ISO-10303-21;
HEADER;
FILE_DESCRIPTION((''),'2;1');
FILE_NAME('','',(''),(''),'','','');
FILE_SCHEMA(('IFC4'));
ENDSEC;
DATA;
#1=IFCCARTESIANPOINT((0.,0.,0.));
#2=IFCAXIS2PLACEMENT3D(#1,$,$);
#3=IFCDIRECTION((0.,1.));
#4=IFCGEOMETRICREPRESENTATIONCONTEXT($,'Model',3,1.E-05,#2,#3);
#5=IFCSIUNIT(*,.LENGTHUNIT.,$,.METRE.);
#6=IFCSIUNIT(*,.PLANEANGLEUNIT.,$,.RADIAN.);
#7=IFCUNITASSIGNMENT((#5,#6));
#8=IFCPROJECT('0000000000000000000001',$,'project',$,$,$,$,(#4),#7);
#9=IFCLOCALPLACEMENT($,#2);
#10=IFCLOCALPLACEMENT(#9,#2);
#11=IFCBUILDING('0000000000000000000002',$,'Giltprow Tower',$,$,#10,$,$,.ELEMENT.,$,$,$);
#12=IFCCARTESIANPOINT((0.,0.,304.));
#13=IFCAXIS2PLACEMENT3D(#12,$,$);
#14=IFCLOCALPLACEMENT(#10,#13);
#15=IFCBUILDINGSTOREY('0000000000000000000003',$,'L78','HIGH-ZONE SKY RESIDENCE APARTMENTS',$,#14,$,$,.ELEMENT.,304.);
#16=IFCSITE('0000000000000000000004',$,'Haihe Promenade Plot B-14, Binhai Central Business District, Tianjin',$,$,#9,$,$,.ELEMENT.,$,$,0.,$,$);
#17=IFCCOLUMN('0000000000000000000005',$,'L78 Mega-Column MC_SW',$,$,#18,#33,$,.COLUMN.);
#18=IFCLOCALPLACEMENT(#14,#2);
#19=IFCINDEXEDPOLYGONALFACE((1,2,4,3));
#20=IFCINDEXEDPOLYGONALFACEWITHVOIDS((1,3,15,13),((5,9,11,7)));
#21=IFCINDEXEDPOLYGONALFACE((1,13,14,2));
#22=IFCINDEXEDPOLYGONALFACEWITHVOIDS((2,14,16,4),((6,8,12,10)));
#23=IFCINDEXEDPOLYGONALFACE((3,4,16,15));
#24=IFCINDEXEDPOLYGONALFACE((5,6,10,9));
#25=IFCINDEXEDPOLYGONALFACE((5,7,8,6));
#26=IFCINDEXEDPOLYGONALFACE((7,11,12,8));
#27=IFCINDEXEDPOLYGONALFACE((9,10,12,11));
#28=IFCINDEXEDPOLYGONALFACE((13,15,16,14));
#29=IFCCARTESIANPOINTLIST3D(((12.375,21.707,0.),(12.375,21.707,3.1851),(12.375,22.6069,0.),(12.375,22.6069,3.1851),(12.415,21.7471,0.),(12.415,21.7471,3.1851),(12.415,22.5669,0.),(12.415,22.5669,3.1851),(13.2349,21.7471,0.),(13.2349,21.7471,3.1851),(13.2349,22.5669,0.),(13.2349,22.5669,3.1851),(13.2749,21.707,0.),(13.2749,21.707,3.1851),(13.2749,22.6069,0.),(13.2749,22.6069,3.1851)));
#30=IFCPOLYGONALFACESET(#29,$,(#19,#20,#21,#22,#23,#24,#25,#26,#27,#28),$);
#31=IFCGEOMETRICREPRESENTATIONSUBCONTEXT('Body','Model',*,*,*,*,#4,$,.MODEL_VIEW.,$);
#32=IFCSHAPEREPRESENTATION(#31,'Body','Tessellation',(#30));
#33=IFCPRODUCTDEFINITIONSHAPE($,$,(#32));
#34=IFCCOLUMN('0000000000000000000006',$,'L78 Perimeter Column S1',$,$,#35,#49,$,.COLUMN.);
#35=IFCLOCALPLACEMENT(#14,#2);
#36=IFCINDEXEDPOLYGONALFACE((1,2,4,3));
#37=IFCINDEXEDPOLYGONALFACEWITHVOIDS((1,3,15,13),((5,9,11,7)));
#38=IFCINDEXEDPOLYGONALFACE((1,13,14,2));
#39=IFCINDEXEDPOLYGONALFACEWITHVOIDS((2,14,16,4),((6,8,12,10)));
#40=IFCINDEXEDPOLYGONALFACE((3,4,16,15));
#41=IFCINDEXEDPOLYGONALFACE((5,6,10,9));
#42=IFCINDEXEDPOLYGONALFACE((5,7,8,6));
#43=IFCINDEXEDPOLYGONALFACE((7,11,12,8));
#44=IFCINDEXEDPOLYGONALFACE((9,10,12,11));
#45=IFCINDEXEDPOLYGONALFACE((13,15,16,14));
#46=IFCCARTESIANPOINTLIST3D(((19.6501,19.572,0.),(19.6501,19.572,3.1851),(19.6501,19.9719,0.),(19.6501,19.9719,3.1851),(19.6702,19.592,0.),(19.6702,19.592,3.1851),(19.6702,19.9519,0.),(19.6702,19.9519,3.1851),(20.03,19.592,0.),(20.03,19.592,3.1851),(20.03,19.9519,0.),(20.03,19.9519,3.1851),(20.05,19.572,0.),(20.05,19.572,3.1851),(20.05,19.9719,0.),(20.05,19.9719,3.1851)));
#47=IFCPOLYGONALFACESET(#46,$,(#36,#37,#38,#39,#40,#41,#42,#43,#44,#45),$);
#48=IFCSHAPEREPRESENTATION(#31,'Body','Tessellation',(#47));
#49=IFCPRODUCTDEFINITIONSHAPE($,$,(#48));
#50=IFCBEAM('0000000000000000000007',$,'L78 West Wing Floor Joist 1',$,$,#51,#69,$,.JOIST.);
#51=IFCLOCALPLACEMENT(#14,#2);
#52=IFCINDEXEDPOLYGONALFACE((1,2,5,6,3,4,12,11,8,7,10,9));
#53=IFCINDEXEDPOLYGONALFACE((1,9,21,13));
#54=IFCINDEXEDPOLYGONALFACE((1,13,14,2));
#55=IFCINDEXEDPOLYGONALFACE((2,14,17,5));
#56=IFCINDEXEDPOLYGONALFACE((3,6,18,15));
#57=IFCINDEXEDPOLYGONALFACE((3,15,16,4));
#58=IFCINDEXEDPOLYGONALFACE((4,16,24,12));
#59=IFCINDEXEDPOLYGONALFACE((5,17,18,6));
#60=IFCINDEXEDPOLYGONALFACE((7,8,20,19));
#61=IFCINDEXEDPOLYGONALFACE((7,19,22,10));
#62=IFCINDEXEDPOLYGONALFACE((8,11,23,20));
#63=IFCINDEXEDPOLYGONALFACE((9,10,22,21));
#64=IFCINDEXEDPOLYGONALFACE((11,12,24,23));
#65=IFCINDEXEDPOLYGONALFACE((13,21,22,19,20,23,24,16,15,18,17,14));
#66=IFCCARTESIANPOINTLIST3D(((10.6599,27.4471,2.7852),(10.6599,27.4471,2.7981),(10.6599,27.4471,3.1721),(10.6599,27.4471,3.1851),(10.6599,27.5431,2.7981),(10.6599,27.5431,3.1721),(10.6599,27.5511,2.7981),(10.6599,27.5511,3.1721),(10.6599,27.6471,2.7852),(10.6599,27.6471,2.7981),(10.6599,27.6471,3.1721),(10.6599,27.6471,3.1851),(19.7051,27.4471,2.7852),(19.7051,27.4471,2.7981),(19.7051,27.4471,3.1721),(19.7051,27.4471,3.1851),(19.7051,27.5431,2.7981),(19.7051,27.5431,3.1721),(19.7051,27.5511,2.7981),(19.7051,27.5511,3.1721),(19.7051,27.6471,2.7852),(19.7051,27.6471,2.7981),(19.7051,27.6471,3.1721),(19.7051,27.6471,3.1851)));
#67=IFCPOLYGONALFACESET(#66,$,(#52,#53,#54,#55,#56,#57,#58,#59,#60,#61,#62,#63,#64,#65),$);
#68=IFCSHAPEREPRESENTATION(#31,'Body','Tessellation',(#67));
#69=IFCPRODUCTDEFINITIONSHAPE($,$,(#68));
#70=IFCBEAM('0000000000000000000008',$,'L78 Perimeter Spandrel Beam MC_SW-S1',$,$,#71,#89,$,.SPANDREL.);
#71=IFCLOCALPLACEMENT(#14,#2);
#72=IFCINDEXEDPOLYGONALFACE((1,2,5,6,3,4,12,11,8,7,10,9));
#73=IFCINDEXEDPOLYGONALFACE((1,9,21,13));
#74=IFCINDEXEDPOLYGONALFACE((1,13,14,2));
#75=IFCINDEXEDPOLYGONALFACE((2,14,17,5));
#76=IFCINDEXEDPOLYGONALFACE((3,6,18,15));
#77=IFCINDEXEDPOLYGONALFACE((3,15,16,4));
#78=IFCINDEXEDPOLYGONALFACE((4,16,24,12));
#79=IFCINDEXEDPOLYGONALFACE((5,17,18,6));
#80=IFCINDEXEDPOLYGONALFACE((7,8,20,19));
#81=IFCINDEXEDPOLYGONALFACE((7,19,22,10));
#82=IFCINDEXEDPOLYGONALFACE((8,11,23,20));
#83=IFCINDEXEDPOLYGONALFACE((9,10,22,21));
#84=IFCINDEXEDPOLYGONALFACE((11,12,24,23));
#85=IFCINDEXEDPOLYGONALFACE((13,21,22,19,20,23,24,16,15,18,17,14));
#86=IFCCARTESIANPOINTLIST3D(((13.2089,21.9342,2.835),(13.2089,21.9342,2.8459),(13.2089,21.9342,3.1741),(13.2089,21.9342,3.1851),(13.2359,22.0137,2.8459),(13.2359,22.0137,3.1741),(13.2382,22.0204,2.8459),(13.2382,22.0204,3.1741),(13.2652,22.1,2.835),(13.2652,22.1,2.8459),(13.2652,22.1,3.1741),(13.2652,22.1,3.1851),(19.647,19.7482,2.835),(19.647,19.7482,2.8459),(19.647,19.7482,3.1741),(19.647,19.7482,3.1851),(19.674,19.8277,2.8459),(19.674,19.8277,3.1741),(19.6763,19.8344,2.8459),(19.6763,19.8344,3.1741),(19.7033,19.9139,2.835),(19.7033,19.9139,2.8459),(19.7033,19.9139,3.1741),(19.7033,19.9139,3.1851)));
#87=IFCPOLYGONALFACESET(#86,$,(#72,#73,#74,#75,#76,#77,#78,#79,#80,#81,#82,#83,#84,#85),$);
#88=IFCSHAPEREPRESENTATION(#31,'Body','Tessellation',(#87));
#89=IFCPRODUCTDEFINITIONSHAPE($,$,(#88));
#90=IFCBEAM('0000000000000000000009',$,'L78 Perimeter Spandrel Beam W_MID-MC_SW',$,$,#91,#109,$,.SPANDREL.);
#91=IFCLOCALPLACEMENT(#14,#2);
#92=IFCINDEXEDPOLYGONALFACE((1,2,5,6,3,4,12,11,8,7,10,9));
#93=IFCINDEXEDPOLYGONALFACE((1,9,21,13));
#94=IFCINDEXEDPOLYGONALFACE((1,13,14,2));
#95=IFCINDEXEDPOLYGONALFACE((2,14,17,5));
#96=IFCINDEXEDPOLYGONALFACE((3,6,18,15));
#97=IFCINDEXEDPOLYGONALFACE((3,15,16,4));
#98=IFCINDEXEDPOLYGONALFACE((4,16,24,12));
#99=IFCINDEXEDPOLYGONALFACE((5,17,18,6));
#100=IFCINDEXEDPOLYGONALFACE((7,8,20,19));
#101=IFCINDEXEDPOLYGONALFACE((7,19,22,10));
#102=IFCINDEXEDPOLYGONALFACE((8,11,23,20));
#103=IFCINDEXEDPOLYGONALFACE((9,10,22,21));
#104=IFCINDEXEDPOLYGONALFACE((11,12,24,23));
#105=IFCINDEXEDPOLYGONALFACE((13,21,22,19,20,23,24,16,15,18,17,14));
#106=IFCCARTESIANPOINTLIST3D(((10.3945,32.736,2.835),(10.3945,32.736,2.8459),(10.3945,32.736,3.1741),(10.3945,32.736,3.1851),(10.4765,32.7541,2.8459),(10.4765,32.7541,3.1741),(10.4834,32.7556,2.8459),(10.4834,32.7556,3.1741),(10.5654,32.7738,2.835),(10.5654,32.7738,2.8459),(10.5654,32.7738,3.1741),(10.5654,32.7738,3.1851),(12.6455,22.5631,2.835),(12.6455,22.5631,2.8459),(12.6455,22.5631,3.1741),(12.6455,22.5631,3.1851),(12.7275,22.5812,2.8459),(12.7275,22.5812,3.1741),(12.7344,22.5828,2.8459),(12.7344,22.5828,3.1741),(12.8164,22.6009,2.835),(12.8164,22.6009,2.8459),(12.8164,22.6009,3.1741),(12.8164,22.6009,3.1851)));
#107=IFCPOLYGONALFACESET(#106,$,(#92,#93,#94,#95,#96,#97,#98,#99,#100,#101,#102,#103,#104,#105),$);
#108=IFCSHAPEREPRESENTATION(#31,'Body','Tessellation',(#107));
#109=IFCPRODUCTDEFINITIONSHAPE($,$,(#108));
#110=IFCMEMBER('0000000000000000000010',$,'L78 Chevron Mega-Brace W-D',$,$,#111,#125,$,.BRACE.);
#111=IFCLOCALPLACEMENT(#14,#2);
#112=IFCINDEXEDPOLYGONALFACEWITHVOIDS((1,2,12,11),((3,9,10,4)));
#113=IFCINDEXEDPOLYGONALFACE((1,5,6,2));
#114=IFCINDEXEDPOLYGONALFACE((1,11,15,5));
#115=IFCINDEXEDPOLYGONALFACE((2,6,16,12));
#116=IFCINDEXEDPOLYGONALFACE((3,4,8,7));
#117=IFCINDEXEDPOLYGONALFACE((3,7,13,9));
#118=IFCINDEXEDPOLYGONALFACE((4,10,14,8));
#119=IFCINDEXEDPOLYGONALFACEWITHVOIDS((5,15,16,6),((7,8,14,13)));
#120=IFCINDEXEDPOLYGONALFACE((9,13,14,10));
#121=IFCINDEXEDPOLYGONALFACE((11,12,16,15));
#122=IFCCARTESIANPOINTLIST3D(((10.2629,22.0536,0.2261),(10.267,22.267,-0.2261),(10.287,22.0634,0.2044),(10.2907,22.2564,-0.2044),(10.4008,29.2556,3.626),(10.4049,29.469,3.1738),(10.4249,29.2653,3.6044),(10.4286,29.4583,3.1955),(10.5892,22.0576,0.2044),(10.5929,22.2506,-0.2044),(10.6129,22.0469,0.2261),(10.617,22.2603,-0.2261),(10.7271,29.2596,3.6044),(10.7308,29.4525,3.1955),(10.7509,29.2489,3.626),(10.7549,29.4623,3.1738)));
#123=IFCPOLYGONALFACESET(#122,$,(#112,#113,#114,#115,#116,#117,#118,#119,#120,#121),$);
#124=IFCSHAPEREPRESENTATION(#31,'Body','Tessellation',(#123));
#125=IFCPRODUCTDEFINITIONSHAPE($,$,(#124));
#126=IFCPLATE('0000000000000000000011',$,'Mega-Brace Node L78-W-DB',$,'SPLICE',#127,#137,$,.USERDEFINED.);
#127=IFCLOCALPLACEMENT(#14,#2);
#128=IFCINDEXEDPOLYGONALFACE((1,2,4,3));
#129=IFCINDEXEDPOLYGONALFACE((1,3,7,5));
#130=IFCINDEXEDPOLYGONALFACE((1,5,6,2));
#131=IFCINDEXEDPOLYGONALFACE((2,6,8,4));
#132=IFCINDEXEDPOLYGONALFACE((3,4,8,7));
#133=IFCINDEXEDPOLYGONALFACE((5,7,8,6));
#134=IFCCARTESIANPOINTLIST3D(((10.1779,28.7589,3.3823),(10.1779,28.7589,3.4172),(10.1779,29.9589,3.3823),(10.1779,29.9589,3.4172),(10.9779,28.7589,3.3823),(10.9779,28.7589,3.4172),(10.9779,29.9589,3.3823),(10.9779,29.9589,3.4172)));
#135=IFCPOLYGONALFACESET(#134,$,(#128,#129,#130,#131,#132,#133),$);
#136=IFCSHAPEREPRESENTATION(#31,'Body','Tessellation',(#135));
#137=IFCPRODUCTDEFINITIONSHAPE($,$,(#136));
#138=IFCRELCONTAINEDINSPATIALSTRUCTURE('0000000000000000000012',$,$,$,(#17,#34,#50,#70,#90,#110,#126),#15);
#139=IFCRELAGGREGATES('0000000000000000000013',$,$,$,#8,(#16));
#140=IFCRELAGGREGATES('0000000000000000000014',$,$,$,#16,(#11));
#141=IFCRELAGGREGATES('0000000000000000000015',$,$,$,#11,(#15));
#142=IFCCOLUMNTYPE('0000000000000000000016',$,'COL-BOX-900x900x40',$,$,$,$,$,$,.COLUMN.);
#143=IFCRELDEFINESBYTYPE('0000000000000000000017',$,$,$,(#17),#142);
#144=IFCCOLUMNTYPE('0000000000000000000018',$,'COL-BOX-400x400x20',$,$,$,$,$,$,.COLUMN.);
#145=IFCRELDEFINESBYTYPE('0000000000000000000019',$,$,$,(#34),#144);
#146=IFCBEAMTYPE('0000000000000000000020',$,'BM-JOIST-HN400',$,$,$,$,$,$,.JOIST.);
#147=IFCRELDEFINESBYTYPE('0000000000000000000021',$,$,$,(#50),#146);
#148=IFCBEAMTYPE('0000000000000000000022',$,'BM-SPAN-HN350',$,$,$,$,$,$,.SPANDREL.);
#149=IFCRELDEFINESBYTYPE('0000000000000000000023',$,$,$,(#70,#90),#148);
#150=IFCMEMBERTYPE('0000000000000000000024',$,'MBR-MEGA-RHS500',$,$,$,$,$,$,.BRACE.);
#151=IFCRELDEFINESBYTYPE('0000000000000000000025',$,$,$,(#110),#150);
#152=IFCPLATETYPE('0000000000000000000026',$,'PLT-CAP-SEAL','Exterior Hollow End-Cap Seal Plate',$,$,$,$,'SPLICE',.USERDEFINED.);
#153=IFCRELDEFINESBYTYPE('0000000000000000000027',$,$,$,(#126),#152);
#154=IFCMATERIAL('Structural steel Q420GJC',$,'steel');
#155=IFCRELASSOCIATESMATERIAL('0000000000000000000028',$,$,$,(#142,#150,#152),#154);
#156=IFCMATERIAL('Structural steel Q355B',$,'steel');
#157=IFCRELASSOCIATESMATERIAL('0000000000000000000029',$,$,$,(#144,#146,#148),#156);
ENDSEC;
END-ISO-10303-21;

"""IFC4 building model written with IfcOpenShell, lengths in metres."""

from ifc_helpers import new_model, si_unit, direction, frame, origin, origin_2d, place, context, subcontext, project, spatial, rectangle, hollow_rectangle, i_section, extrude, source, transform, mapped, material, material_profile, profile_set, type_object, element, save


model = new_model("IFC4")

# Units and contexts
model_context = context("Model", 3, precision=1e-05, world=origin(), true_north=direction((0.0, 1.0)))
body_context = subcontext(model_context, "Body", "Model", "MODEL_VIEW")
ifc_project = project(units=[si_unit("LENGTHUNIT", "METRE"), si_unit("PLANEANGLEUNIT", "RADIAN")], contexts=[model_context])

# Site, building, storey
site_placement = place(None, origin())
site = spatial("IfcSite", under=ifc_project, at=site_placement, Name="Haihe Promenade Plot B-14, Binhai Central Business District, Tianjin", CompositionType="ELEMENT", RefElevation=0.0)
building_placement = place(site_placement, origin())
building = spatial("IfcBuilding", under=site, at=building_placement, Name="Giltprow Tower", CompositionType="ELEMENT")
storey_placement = place(building_placement, frame((0.0, 0.0, 304.0)))
storey = spatial("IfcBuildingStorey", under=building, at=storey_placement, Name="L78", Description="HIGH-ZONE SKY RESIDENCE APARTMENTS", CompositionType="ELEMENT", Elevation=304.0)

# Columns
ifc_material_1 = material(Name="Structural steel Q420GJC", Category="steel")
ifc_material_profile_1 = material_profile(ifc_material_1, hollow_rectangle(XDim=0.8999, YDim=0.8999, WallThickness=0.04, at=origin_2d()), Name="BOX 900x900x40")
ifc_profile_set_1 = profile_set([ifc_material_profile_1], Name="Structural steel Q420GJC")
column_type_1 = type_object("IfcColumnType", Name="COL-BOX-900x900x40", PredefinedType="COLUMN", material=ifc_profile_set_1)
shared_shape_1 = source(origin(), body_context, "Body", "SweptSolid", [
    extrude(hollow_rectangle(XDim=0.8999, YDim=0.8999, WallThickness=0.04, at=origin_2d()), origin(), (0.0, 0.0, 1.0), 3.1851),
])
column_1_placement = place(storey_placement, frame((12.825, 22.157, 0.0), z_axis=(0.0, 0.0, 1.0), x_axis=(1.0, 0.0, 0.0)))
element("IfcColumn", 1, at=column_1_placement, inside=storey, type_object=column_type_1, Name="L78 Mega-Column MC_SW", PredefinedType="COLUMN", context=body_context, shape_type="MappedRepresentation", body=[
    mapped(shared_shape_1, transform((0.0, 0.0, 0.0), x_axis=(1.0, 0.0, 0.0), y_axis=(0.0, 1.0, 0.0), z_axis=(0.0, 0.0, 1.0), scale=1.0)),
])
ifc_material_2 = material(Name="Structural steel Q355B", Category="steel")
ifc_material_profile_2 = material_profile(ifc_material_2, hollow_rectangle(XDim=0.3999, YDim=0.3999, WallThickness=0.02, at=origin_2d()), Name="BOX 400x400x20")
ifc_profile_set_2 = profile_set([ifc_material_profile_2], Name="Structural steel Q355B")
column_type_2 = type_object("IfcColumnType", Name="COL-BOX-400x400x20", PredefinedType="COLUMN", material=ifc_profile_set_2)
shared_shape_2 = source(origin(), body_context, "Body", "SweptSolid", [
    extrude(hollow_rectangle(XDim=0.3999, YDim=0.3999, WallThickness=0.02, at=origin_2d()), origin(), (0.0, 0.0, 1.0), 3.1851),
])
column_2_placement = place(storey_placement, frame((19.8501, 19.772, 0.0), z_axis=(0.0, 0.0, 1.0), x_axis=(1.0, 0.0, 0.0)))
element("IfcColumn", 2, at=column_2_placement, inside=storey, type_object=column_type_2, Name="L78 Perimeter Column S1", PredefinedType="COLUMN", context=body_context, shape_type="MappedRepresentation", body=[
    mapped(shared_shape_2, transform((0.0, 0.0, 0.0), x_axis=(1.0, 0.0, 0.0), y_axis=(0.0, 1.0, 0.0), z_axis=(0.0, 0.0, 1.0), scale=1.0)),
])

# Beams
ifc_material_profile_3 = material_profile(ifc_material_2, i_section(OverallWidth=0.2, OverallDepth=0.3999, WebThickness=0.0081, FlangeThickness=0.0129, at=origin_2d()), Name="HN 400x200x8x13")
ifc_profile_set_3 = profile_set([ifc_material_profile_3], Name="Structural steel Q355B")
beam_type_1 = type_object("IfcBeamType", Name="BM-JOIST-HN400", PredefinedType="JOIST", material=ifc_profile_set_3)
shared_shape_3 = source(origin(), body_context, "Body", "SweptSolid", [
    extrude(i_section(OverallWidth=0.2, OverallDepth=0.3999, WebThickness=0.0081, FlangeThickness=0.0129, at=origin_2d()), origin(), (0.0, 0.0, 1.0), 9.0452),
])
beam_1_placement = place(storey_placement, frame((10.6599, 27.5471, 2.9851), z_axis=(1.0, 0.0, 0.0), x_axis=(0.0, 1.0, 0.0)))
element("IfcBeam", 3, at=beam_1_placement, inside=storey, type_object=beam_type_1, Name="L78 West Wing Floor Joist 1", PredefinedType="JOIST", context=body_context, shape_type="MappedRepresentation", body=[
    mapped(shared_shape_3, transform((0.0, 0.0, 0.0), x_axis=(1.0, 0.0, 0.0), y_axis=(0.0, 1.0, 0.0), z_axis=(0.0, 0.0, 1.0), scale=1.0)),
])
ifc_material_profile_4 = material_profile(ifc_material_2, i_section(OverallWidth=0.175, OverallDepth=0.3501, WebThickness=0.0071, FlangeThickness=0.011, at=origin_2d()), Name="HN 350x175x7x11")
ifc_profile_set_4 = profile_set([ifc_material_profile_4], Name="Structural steel Q355B")
beam_type_2 = type_object("IfcBeamType", Name="BM-SPAN-HN350", PredefinedType="SPANDREL", material=ifc_profile_set_4)
shared_shape_4 = source(origin(), body_context, "Body", "SweptSolid", [
    extrude(i_section(OverallWidth=0.175, OverallDepth=0.3501, WebThickness=0.0071, FlangeThickness=0.011, at=origin_2d()), origin(), (0.0, 0.0, 1.0), 6.7991),
])
beam_2_placement = place(storey_placement, frame((13.2371, 22.0171, 3.01), z_axis=(0.946902, -0.321523, 0.0), x_axis=(0.321523, 0.946902, 0.0)))
element("IfcBeam", 4, at=beam_2_placement, inside=storey, type_object=beam_type_2, Name="L78 Perimeter Spandrel Beam MC_SW-S1", PredefinedType="SPANDREL", context=body_context, shape_type="MappedRepresentation", body=[
    mapped(shared_shape_4, transform((0.0, 0.0, 0.0), x_axis=(1.0, 0.0, 0.0), y_axis=(0.0, 1.0, 0.0), z_axis=(0.0, 0.0, 1.0), scale=1.0)),
])
shared_shape_5 = source(origin(), body_context, "Body", "SweptSolid", [
    extrude(i_section(OverallWidth=0.175, OverallDepth=0.3501, WebThickness=0.0071, FlangeThickness=0.011, at=origin_2d()), origin(), (0.0, 0.0, 1.0), 10.4189),
])
beam_3_placement = place(storey_placement, frame((10.48, 32.7549, 3.01), z_axis=(0.216047, -0.976383, 0.0), x_axis=(0.976383, 0.216047, 0.0)))
element("IfcBeam", 5, at=beam_3_placement, inside=storey, type_object=beam_type_2, Name="L78 Perimeter Spandrel Beam W_MID-MC_SW", PredefinedType="SPANDREL", context=body_context, shape_type="MappedRepresentation", body=[
    mapped(shared_shape_5, transform((0.0, 0.0, 0.0), x_axis=(1.0, 0.0, 0.0), y_axis=(0.0, 1.0, 0.0), z_axis=(0.0, 0.0, 1.0), scale=1.0)),
])

# Member
ifc_material_profile_5 = material_profile(ifc_material_1, hollow_rectangle(XDim=0.3501, YDim=0.5, WallThickness=0.0239, at=origin_2d()), Name="RHS 500x350x24")
ifc_profile_set_5 = profile_set([ifc_material_profile_5], Name="Structural steel Q420GJC")
member_type = type_object("IfcMemberType", Name="MBR-MEGA-RHS500", PredefinedType="BRACE", material=ifc_profile_set_5)
shared_shape_6 = source(origin(), body_context, "Body", "SweptSolid", [
    extrude(hollow_rectangle(XDim=0.3501, YDim=0.5, WallThickness=0.0239, at=origin_2d()), origin(), (0.0, 0.0, 1.0), 7.9653),
])
member_placement = place(storey_placement, frame((10.4399, 22.157, 0.0), z_axis=(0.017318, 0.904161, 0.42684), x_axis=(-0.999817, 0.01915, 0.0)))
element("IfcMember", 6, at=member_placement, inside=storey, type_object=member_type, Name="L78 Chevron Mega-Brace W-D", PredefinedType="BRACE", context=body_context, shape_type="MappedRepresentation", body=[
    mapped(shared_shape_6, transform((0.0, 0.0, 0.0), x_axis=(1.0, 0.0, 0.0), y_axis=(0.0, 1.0, 0.0), z_axis=(0.0, 0.0, 1.0), scale=1.0)),
])

# Plate
plate_type = type_object("IfcPlateType", Name="PLT-CAP-SEAL", Description="Exterior Hollow End-Cap Seal Plate", ElementType="SPLICE", PredefinedType="USERDEFINED", material=ifc_material_1)
shared_shape_7 = source(origin(), body_context, "Body", "SweptSolid", [
    extrude(rectangle(XDim=1.2, YDim=0.8, at=origin_2d()), origin(), (0.0, 0.0, 1.0), 0.0349),
])
plate_placement = place(storey_placement, frame((10.5779, 29.3589, 3.3823), z_axis=(0.0, 0.0, 1.0), x_axis=(0.0, 1.0, 0.0)))
element("IfcPlate", 7, at=plate_placement, inside=storey, type_object=plate_type, Name="Mega-Brace Node L78-W-DB", ObjectType="SPLICE", PredefinedType="USERDEFINED", context=body_context, shape_type="MappedRepresentation", body=[
    mapped(shared_shape_7, transform((0.0, 0.0, 0.0), x_axis=(1.0, 0.0, 0.0), y_axis=(0.0, 1.0, 0.0), z_axis=(0.0, 0.0, 1.0), scale=1.0)),
])

save(model, "model.ifc")
